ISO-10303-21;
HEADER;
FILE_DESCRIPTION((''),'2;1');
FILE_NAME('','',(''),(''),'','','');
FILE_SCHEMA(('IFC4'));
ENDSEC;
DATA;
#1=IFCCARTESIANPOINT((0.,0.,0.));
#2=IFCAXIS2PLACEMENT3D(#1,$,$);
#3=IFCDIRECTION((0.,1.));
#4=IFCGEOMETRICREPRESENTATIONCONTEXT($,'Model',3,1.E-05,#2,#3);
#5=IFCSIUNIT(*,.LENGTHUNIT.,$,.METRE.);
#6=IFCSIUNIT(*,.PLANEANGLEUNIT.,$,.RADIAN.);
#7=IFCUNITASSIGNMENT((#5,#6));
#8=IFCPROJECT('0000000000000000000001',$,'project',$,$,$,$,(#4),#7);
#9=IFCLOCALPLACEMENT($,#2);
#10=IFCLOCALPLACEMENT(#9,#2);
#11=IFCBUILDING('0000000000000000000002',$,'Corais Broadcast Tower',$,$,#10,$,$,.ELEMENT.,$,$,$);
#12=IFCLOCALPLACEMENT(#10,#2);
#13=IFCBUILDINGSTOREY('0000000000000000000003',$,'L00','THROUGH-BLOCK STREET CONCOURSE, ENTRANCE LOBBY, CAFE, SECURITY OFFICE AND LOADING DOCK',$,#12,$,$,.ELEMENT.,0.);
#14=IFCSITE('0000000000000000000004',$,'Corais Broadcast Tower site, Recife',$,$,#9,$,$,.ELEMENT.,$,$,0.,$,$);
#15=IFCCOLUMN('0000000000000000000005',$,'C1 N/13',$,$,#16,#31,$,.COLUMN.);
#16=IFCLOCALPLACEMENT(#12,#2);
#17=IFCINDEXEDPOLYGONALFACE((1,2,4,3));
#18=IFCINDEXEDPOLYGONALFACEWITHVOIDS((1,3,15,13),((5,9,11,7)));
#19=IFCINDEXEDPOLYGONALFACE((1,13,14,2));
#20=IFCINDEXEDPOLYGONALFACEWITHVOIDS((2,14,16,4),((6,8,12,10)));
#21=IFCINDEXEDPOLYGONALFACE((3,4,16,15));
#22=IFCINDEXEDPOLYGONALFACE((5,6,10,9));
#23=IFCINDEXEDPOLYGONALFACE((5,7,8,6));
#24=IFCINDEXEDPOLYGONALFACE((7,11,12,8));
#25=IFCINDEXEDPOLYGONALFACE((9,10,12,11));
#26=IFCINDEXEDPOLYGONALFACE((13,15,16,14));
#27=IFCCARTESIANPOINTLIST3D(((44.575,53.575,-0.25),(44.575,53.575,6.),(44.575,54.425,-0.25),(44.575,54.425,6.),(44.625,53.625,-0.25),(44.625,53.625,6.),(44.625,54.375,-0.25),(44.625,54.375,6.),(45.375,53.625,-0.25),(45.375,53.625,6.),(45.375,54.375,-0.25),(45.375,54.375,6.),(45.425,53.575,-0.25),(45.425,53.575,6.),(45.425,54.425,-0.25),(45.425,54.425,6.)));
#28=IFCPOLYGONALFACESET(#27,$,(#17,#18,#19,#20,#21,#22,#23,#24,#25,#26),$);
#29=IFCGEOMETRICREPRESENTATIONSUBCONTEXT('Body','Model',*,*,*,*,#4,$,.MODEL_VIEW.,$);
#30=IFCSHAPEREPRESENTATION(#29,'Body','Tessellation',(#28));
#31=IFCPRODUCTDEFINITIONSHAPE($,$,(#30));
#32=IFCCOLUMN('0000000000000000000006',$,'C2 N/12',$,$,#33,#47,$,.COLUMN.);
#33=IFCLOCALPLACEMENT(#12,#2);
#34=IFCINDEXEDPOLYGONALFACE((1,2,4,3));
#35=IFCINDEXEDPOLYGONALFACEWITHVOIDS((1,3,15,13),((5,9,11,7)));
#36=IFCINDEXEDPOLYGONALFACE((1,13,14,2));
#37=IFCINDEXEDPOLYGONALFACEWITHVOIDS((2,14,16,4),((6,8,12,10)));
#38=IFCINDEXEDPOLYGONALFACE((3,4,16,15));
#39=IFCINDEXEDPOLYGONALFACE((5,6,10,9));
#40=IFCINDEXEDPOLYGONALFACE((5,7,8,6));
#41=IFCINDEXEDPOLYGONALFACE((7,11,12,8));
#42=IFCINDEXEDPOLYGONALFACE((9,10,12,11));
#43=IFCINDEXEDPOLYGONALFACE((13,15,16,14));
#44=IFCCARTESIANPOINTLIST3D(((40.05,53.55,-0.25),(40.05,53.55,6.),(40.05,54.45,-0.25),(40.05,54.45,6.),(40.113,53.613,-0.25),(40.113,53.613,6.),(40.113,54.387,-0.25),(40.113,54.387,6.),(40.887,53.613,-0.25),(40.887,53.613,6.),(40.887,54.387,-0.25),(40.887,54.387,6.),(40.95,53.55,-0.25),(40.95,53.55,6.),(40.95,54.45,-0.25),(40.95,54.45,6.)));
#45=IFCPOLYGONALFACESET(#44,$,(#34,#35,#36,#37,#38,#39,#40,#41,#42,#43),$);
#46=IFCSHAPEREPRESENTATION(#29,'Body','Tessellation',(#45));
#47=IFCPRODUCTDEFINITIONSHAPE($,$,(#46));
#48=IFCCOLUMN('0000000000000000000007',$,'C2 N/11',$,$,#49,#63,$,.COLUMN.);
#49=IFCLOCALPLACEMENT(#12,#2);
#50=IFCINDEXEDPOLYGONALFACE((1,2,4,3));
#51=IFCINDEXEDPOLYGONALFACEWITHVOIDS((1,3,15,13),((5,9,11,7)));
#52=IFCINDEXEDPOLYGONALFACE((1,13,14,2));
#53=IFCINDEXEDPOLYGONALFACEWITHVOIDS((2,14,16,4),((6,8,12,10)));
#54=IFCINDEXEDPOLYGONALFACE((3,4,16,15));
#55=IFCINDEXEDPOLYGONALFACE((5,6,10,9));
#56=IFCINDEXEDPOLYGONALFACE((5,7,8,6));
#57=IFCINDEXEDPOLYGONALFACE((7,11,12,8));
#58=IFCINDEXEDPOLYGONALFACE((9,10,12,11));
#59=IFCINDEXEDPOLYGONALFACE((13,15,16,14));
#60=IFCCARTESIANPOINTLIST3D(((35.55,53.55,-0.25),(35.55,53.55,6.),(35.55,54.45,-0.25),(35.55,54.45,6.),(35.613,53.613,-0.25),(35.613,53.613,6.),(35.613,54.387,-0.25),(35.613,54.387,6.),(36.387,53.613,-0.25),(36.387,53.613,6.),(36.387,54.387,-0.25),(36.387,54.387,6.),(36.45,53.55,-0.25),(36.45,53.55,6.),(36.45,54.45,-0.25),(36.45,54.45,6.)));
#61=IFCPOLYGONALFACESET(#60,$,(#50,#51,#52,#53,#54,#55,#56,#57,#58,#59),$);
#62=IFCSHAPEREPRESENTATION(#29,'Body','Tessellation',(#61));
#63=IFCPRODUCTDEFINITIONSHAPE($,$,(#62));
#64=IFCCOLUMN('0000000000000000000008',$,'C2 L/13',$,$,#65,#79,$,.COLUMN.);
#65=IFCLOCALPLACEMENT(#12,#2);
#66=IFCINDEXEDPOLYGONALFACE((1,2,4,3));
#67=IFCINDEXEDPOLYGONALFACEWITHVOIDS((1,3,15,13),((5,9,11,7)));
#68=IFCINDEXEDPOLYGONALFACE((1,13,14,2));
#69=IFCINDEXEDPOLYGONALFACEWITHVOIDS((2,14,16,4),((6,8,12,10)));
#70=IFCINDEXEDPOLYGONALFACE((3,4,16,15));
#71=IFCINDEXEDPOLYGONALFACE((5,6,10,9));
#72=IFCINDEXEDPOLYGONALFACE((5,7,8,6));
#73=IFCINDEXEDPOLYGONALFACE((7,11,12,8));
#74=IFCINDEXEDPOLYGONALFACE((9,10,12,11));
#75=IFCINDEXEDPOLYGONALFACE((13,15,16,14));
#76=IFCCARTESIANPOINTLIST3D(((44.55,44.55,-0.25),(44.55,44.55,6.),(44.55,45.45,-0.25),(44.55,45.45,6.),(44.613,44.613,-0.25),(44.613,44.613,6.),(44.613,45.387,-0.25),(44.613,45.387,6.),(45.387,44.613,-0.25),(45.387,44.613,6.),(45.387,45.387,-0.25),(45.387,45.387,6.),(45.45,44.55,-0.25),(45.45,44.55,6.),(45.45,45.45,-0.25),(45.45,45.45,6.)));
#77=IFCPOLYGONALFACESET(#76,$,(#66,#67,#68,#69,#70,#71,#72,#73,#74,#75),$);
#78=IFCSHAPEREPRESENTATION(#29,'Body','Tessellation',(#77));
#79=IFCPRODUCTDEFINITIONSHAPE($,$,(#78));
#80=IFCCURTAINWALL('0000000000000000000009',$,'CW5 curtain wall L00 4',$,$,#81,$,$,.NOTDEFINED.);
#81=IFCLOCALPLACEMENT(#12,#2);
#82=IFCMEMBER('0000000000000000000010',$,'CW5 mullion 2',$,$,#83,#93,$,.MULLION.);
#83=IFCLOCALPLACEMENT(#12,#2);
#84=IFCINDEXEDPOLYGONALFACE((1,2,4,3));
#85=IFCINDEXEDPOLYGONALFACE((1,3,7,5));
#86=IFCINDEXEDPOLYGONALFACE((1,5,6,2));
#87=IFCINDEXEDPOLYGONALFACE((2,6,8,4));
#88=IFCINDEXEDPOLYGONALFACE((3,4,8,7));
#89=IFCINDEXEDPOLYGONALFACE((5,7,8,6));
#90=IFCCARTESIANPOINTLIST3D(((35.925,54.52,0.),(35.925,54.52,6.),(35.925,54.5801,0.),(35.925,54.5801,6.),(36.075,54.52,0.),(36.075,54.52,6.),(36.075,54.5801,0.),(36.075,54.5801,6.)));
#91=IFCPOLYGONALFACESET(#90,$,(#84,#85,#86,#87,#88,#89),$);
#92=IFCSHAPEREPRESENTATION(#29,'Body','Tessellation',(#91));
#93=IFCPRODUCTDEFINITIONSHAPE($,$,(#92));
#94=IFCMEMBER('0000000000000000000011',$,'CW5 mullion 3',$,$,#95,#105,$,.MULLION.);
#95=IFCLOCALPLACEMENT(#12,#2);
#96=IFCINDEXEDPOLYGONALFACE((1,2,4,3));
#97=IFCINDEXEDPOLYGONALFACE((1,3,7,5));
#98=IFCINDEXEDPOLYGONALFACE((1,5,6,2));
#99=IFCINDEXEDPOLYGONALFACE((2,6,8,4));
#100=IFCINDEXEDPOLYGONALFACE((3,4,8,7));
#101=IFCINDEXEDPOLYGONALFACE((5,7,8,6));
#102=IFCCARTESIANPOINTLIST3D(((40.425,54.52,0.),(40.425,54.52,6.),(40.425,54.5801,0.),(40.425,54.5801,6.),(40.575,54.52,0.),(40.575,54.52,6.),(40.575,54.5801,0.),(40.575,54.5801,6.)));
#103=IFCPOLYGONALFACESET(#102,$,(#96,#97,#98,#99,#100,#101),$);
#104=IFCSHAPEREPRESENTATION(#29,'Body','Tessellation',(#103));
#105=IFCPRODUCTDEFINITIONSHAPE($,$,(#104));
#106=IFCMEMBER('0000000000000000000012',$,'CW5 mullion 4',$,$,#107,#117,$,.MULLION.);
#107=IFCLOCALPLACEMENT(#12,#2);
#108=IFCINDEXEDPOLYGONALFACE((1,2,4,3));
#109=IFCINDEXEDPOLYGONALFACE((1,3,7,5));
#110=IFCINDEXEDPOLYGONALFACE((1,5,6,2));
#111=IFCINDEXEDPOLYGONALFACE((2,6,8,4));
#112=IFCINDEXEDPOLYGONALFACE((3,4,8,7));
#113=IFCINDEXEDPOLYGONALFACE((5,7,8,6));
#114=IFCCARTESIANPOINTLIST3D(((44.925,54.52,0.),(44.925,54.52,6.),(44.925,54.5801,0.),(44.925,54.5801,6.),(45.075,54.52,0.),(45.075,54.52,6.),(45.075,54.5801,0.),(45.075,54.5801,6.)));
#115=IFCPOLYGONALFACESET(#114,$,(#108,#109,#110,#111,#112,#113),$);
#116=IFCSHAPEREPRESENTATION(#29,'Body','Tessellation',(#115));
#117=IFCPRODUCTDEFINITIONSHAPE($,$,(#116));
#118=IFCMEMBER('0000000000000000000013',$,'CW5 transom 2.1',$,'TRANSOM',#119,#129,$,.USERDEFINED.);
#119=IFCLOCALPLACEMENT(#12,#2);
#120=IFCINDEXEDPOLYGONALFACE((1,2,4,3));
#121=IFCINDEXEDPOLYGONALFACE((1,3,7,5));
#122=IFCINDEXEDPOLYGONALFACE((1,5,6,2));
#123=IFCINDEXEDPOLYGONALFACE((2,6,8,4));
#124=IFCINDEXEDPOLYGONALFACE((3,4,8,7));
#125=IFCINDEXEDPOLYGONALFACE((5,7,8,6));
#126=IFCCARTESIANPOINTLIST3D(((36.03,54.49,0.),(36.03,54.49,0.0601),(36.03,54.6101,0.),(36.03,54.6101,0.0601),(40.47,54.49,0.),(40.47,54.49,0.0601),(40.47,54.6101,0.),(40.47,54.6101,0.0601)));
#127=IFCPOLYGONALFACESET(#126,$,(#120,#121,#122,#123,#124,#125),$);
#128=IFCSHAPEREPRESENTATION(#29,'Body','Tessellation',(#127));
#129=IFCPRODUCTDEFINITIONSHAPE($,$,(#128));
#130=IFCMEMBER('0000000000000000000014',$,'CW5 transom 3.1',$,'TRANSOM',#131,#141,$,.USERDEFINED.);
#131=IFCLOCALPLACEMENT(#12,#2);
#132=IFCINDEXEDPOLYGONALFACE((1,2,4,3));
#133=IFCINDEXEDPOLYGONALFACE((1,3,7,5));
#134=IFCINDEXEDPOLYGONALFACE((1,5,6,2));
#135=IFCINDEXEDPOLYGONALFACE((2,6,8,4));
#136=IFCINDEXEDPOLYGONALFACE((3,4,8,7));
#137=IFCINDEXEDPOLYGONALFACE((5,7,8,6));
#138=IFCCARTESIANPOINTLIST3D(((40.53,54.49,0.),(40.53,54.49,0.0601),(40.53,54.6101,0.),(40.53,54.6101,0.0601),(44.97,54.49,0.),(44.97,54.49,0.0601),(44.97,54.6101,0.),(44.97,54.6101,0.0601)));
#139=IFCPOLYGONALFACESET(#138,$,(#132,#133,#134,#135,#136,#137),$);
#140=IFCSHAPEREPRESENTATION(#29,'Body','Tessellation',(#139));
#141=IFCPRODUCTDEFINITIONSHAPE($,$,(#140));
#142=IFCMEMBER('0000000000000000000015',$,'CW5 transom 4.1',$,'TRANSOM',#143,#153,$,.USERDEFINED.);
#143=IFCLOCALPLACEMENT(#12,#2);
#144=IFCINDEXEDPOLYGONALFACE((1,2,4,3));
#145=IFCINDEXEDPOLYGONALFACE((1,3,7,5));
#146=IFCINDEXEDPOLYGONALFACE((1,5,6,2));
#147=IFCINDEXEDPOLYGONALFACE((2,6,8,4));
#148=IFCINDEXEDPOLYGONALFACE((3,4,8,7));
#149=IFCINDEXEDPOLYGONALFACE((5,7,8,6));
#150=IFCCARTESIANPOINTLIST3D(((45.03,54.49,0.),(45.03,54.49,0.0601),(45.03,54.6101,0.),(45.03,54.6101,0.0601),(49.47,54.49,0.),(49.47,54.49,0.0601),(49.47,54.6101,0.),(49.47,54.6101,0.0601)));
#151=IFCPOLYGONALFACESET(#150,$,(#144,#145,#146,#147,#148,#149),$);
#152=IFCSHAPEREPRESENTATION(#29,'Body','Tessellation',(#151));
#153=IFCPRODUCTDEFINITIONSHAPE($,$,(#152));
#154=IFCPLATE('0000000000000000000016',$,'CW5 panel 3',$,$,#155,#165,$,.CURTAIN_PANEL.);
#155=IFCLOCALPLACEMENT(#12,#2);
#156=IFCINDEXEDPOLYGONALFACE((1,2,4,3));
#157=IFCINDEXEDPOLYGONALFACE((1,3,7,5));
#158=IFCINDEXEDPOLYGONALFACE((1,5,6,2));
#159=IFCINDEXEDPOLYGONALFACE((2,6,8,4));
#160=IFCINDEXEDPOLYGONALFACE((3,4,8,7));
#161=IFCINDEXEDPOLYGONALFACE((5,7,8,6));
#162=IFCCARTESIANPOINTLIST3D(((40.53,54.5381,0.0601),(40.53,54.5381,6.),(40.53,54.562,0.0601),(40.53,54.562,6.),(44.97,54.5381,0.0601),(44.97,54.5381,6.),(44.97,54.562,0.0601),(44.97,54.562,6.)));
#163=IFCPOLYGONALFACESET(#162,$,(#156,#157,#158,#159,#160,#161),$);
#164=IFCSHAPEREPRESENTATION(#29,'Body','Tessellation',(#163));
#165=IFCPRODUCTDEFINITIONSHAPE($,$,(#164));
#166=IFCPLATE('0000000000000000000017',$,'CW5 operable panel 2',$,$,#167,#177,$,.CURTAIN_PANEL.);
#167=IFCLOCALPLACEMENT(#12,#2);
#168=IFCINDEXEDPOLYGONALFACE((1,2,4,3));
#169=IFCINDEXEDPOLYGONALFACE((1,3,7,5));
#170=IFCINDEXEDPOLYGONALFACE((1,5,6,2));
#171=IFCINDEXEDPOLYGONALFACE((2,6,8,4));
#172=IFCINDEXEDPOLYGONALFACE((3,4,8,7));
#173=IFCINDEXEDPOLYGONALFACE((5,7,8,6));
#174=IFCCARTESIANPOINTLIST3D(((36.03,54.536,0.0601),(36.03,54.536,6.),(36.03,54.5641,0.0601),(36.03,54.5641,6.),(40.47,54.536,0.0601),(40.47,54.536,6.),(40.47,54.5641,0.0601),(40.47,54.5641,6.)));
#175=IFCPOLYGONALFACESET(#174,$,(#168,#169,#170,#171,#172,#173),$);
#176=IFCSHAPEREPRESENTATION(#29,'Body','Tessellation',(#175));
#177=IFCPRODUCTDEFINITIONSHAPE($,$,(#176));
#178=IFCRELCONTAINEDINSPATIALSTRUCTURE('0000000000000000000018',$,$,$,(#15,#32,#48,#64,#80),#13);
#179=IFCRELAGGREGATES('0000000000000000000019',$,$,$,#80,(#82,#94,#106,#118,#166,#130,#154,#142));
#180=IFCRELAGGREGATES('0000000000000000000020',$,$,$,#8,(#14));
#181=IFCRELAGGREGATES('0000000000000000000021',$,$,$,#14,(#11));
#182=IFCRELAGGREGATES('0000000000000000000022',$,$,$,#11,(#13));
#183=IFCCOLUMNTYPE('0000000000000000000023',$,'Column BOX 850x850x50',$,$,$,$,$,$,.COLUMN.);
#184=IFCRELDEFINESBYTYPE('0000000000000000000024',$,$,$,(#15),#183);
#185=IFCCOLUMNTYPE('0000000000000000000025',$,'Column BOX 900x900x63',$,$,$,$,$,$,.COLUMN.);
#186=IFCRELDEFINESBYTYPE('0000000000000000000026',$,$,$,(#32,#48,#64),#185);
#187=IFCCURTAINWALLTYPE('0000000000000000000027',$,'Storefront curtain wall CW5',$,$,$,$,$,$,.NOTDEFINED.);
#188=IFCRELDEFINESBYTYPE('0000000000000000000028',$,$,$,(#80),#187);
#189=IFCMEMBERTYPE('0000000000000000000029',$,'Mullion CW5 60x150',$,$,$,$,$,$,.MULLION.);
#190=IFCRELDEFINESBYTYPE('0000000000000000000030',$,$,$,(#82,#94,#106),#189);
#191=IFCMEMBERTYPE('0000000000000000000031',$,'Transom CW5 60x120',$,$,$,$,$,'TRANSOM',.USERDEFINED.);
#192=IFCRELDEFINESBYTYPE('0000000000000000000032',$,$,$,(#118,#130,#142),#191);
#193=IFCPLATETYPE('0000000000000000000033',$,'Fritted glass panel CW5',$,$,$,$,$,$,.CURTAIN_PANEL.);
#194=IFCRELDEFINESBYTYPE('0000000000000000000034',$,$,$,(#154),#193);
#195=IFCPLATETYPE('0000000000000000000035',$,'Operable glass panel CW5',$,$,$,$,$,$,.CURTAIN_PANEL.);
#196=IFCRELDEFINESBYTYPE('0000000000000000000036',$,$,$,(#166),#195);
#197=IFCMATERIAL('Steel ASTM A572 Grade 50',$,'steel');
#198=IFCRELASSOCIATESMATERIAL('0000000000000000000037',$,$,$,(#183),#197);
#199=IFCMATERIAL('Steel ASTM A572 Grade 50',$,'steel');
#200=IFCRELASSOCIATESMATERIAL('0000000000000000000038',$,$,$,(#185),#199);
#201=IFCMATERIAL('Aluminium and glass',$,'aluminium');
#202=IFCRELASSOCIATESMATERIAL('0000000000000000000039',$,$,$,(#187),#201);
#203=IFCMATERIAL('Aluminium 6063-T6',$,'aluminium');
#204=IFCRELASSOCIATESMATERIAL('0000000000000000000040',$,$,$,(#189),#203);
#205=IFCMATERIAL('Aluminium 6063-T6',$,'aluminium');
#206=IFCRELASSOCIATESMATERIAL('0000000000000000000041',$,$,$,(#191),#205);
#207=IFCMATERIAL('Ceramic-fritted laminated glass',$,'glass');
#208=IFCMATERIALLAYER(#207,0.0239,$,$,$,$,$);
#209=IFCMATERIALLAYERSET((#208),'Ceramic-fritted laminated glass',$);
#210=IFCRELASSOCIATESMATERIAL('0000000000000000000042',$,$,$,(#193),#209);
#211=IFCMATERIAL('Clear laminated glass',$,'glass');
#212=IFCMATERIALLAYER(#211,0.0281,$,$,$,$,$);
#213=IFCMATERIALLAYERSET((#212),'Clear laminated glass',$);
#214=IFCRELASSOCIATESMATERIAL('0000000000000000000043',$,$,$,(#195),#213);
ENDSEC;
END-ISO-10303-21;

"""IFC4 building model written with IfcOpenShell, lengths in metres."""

from ifc_helpers import new_model, si_unit, direction, frame, origin, origin_2d, place, context, subcontext, project, spatial, rectangle, hollow_rectangle, extrude, material, layer, layer_set, material_profile, profile_set, type_object, element, aggregate, save


model = new_model("IFC4")

# Units and contexts
model_context = context("Model", 3, precision=1e-05, world=origin(), true_north=direction((0.0, 1.0)))
body_context = subcontext(model_context, "Body", "Model", "MODEL_VIEW")
ifc_project = project(units=[si_unit("LENGTHUNIT", "METRE"), si_unit("PLANEANGLEUNIT", "RADIAN")], contexts=[model_context])

# Site, building, storey
site_placement = place(None, origin())
site = spatial("IfcSite", under=ifc_project, at=site_placement, Name="Corais Broadcast Tower site, Recife", CompositionType="ELEMENT", RefElevation=0.0)
building_placement = place(site_placement, origin())
building = spatial("IfcBuilding", under=site, at=building_placement, Name="Corais Broadcast Tower", CompositionType="ELEMENT")
storey_placement = place(building_placement, origin())
storey = spatial("IfcBuildingStorey", under=building, at=storey_placement, Name="L00", Description="THROUGH-BLOCK STREET CONCOURSE, ENTRANCE LOBBY, CAFE, SECURITY OFFICE AND LOADING DOCK", CompositionType="ELEMENT", Elevation=0.0)

# Columns
ifc_material_1 = material(Name="Steel ASTM A572 Grade 50", Category="steel")
ifc_material_profile_1 = material_profile(ifc_material_1, hollow_rectangle(XDim=0.8501, YDim=0.8501, WallThickness=0.05, at=origin_2d()), Name="BOX 850x850x50")
ifc_profile_set_1 = profile_set([ifc_material_profile_1], Name="Steel ASTM A572 Grade 50")
column_type_1 = type_object("IfcColumnType", Name="Column BOX 850x850x50", PredefinedType="COLUMN", material=ifc_profile_set_1)
column_placement = place(storey_placement, frame((45.0, 54.0, -0.25), z_axis=(0.0, 0.0, 1.0), x_axis=(1.0, 0.0, 0.0)))
element("IfcColumn", 1, at=column_placement, inside=storey, type_object=column_type_1, Name="C1 N/13", PredefinedType="COLUMN", context=body_context, shape_type="SweptSolid", body=[
    extrude(hollow_rectangle(XDim=0.8501, YDim=0.8501, WallThickness=0.05, at=origin_2d()), origin(), (0.0, 0.0, 1.0), 6.25),
])
ifc_material_2 = material(Name="Steel ASTM A572 Grade 50", Category="steel")
ifc_material_profile_2 = material_profile(ifc_material_2, hollow_rectangle(XDim=0.8999, YDim=0.8999, WallThickness=0.063, at=origin_2d()), Name="BOX 900x900x63")
ifc_profile_set_2 = profile_set([ifc_material_profile_2], Name="Steel ASTM A572 Grade 50")
column_type_2 = type_object("IfcColumnType", Name="Column BOX 900x900x63", PredefinedType="COLUMN", material=ifc_profile_set_2)
for number, where, z_axis, x_axis, name in (
    (2, (40.5, 54.0, -0.25), (0.0, 0.0, 1.0), (1.0, 0.0, 0.0), "C2 N/12"),
    (3, (36.0, 54.0, -0.25), (0.0, 0.0, 1.0), (1.0, 0.0, 0.0), "C2 N/11"),
    (4, (45.0, 45.0, -0.25), (0.0, 0.0, 1.0), (1.0, 0.0, 0.0), "C2 L/13"),
):
    element("IfcColumn", number, at=place(storey_placement, frame(where, z_axis=z_axis, x_axis=x_axis)), inside=storey, type_object=column_type_2, Name=name, PredefinedType="COLUMN", context=body_context, shape_type="SweptSolid", body=[
        extrude(hollow_rectangle(XDim=0.8999, YDim=0.8999, WallThickness=0.063, at=origin_2d()), origin(), (0.0, 0.0, 1.0), 6.25),
    ])

# Curtain wall, members, plates
ifc_material_3 = material(Name="Aluminium and glass", Category="aluminium")
curtain_wall_type = type_object("IfcCurtainWallType", Name="Storefront curtain wall CW5", PredefinedType="NOTDEFINED", material=ifc_material_3)
curtain_wall_placement = place(storey_placement, origin())
curtain_wall = element("IfcCurtainWall", 5, at=curtain_wall_placement, inside=storey, type_object=curtain_wall_type, Name="CW5 curtain wall L00 4", PredefinedType="NOTDEFINED")
ifc_material_4 = material(Name="Aluminium 6063-T6", Category="aluminium")
ifc_material_profile_3 = material_profile(ifc_material_4, rectangle(XDim=0.0601, YDim=0.1499, at=origin_2d()), Name="Mullion CW5 60x150")
ifc_profile_set_3 = profile_set([ifc_material_profile_3], Name="Aluminium 6063-T6")
member_type_1 = type_object("IfcMemberType", Name="Mullion CW5 60x150", PredefinedType="MULLION", material=ifc_profile_set_3)
member_1_placement = place(storey_placement, frame((36.0, 54.55, 0.0), z_axis=(0.0, 0.0, 1.0), x_axis=(0.0, 1.0, 0.0)))
member_1 = element("IfcMember", 6, at=member_1_placement, type_object=member_type_1, Name="CW5 mullion 2", PredefinedType="MULLION", context=body_context, shape_type="SweptSolid", body=[
    extrude(rectangle(XDim=0.0601, YDim=0.1499, at=origin_2d()), origin(), (0.0, 0.0, 1.0), 6.0),
])
member_2_placement = place(storey_placement, frame((40.5, 54.55, 0.0), z_axis=(0.0, 0.0, 1.0), x_axis=(0.0, 1.0, 0.0)))
member_2 = element("IfcMember", 7, at=member_2_placement, type_object=member_type_1, Name="CW5 mullion 3", PredefinedType="MULLION", context=body_context, shape_type="SweptSolid", body=[
    extrude(rectangle(XDim=0.0601, YDim=0.1499, at=origin_2d()), origin(), (0.0, 0.0, 1.0), 6.0),
])
member_3_placement = place(storey_placement, frame((45.0, 54.55, 0.0), z_axis=(0.0, 0.0, 1.0), x_axis=(0.0, 1.0, 0.0)))
member_3 = element("IfcMember", 8, at=member_3_placement, type_object=member_type_1, Name="CW5 mullion 4", PredefinedType="MULLION", context=body_context, shape_type="SweptSolid", body=[
    extrude(rectangle(XDim=0.0601, YDim=0.1499, at=origin_2d()), origin(), (0.0, 0.0, 1.0), 6.0),
])
ifc_material_5 = material(Name="Aluminium 6063-T6", Category="aluminium")
ifc_material_profile_4 = material_profile(ifc_material_5, rectangle(XDim=0.1201, YDim=0.0601, at=origin_2d()), Name="Transom CW5 60x120")
ifc_profile_set_4 = profile_set([ifc_material_profile_4], Name="Aluminium 6063-T6")
member_type_2 = type_object("IfcMemberType", Name="Transom CW5 60x120", ElementType="TRANSOM", PredefinedType="USERDEFINED", material=ifc_profile_set_4)
member_4_placement = place(storey_placement, frame((36.03, 54.55, 0.03), z_axis=(1.0, 0.0, 0.0), x_axis=(0.0, 1.0, 0.0)))
member_4 = element("IfcMember", 9, at=member_4_placement, type_object=member_type_2, Name="CW5 transom 2.1", ObjectType="TRANSOM", PredefinedType="USERDEFINED", context=body_context, shape_type="SweptSolid", body=[
    extrude(rectangle(XDim=0.1201, YDim=0.0601, at=origin_2d()), origin(), (0.0, 0.0, 1.0), 4.4399),
])
member_5_placement = place(storey_placement, frame((40.53, 54.55, 0.03), z_axis=(1.0, 0.0, 0.0), x_axis=(0.0, 1.0, 0.0)))
member_5 = element("IfcMember", 10, at=member_5_placement, type_object=member_type_2, Name="CW5 transom 3.1", ObjectType="TRANSOM", PredefinedType="USERDEFINED", context=body_context, shape_type="SweptSolid", body=[
    extrude(rectangle(XDim=0.1201, YDim=0.0601, at=origin_2d()), origin(), (0.0, 0.0, 1.0), 4.4399),
])
member_6_placement = place(storey_placement, frame((45.03, 54.55, 0.03), z_axis=(1.0, 0.0, 0.0), x_axis=(0.0, 1.0, 0.0)))
member_6 = element("IfcMember", 11, at=member_6_placement, type_object=member_type_2, Name="CW5 transom 4.1", ObjectType="TRANSOM", PredefinedType="USERDEFINED", context=body_context, shape_type="SweptSolid", body=[
    extrude(rectangle(XDim=0.1201, YDim=0.0601, at=origin_2d()), origin(), (0.0, 0.0, 1.0), 4.4399),
])
ifc_material_6 = material(Name="Ceramic-fritted laminated glass", Category="glass")
ifc_layer_1 = layer(ifc_material_6, 0.0239)
ifc_layer_set_1 = layer_set([ifc_layer_1], Name="Ceramic-fritted laminated glass")
plate_type_1 = type_object("IfcPlateType", Name="Fritted glass panel CW5", PredefinedType="CURTAIN_PANEL", material=ifc_layer_set_1)
plate_1_placement = place(storey_placement, frame((42.75, 54.55, 0.0601), z_axis=(0.0, 0.0, 1.0), x_axis=(1.0, 0.0, 0.0)))
plate_1 = element("IfcPlate", 12, at=plate_1_placement, type_object=plate_type_1, Name="CW5 panel 3", PredefinedType="CURTAIN_PANEL", context=body_context, shape_type="SweptSolid", body=[
    extrude(rectangle(XDim=4.4399, YDim=0.0239, at=origin_2d()), origin(), (0.0, 0.0, 1.0), 5.9399),
])
ifc_material_7 = material(Name="Clear laminated glass", Category="glass")
ifc_layer_2 = layer(ifc_material_7, 0.0281)
ifc_layer_set_2 = layer_set([ifc_layer_2], Name="Clear laminated glass")
plate_type_2 = type_object("IfcPlateType", Name="Operable glass panel CW5", PredefinedType="CURTAIN_PANEL", material=ifc_layer_set_2)
plate_2_placement = place(storey_placement, frame((38.25, 54.55, 0.0601), z_axis=(0.0, 0.0, 1.0), x_axis=(1.0, 0.0, 0.0)))
plate_2 = element("IfcPlate", 13, at=plate_2_placement, type_object=plate_type_2, Name="CW5 operable panel 2", PredefinedType="CURTAIN_PANEL", context=body_context, shape_type="SweptSolid", body=[
    extrude(rectangle(XDim=4.4399, YDim=0.0281, at=origin_2d()), origin(), (0.0, 0.0, 1.0), 5.9399),
])
aggregate(curtain_wall, [member_1, member_2, member_3, member_4, plate_2, member_5, plate_1, member_6])

save(model, "model.ifc")
